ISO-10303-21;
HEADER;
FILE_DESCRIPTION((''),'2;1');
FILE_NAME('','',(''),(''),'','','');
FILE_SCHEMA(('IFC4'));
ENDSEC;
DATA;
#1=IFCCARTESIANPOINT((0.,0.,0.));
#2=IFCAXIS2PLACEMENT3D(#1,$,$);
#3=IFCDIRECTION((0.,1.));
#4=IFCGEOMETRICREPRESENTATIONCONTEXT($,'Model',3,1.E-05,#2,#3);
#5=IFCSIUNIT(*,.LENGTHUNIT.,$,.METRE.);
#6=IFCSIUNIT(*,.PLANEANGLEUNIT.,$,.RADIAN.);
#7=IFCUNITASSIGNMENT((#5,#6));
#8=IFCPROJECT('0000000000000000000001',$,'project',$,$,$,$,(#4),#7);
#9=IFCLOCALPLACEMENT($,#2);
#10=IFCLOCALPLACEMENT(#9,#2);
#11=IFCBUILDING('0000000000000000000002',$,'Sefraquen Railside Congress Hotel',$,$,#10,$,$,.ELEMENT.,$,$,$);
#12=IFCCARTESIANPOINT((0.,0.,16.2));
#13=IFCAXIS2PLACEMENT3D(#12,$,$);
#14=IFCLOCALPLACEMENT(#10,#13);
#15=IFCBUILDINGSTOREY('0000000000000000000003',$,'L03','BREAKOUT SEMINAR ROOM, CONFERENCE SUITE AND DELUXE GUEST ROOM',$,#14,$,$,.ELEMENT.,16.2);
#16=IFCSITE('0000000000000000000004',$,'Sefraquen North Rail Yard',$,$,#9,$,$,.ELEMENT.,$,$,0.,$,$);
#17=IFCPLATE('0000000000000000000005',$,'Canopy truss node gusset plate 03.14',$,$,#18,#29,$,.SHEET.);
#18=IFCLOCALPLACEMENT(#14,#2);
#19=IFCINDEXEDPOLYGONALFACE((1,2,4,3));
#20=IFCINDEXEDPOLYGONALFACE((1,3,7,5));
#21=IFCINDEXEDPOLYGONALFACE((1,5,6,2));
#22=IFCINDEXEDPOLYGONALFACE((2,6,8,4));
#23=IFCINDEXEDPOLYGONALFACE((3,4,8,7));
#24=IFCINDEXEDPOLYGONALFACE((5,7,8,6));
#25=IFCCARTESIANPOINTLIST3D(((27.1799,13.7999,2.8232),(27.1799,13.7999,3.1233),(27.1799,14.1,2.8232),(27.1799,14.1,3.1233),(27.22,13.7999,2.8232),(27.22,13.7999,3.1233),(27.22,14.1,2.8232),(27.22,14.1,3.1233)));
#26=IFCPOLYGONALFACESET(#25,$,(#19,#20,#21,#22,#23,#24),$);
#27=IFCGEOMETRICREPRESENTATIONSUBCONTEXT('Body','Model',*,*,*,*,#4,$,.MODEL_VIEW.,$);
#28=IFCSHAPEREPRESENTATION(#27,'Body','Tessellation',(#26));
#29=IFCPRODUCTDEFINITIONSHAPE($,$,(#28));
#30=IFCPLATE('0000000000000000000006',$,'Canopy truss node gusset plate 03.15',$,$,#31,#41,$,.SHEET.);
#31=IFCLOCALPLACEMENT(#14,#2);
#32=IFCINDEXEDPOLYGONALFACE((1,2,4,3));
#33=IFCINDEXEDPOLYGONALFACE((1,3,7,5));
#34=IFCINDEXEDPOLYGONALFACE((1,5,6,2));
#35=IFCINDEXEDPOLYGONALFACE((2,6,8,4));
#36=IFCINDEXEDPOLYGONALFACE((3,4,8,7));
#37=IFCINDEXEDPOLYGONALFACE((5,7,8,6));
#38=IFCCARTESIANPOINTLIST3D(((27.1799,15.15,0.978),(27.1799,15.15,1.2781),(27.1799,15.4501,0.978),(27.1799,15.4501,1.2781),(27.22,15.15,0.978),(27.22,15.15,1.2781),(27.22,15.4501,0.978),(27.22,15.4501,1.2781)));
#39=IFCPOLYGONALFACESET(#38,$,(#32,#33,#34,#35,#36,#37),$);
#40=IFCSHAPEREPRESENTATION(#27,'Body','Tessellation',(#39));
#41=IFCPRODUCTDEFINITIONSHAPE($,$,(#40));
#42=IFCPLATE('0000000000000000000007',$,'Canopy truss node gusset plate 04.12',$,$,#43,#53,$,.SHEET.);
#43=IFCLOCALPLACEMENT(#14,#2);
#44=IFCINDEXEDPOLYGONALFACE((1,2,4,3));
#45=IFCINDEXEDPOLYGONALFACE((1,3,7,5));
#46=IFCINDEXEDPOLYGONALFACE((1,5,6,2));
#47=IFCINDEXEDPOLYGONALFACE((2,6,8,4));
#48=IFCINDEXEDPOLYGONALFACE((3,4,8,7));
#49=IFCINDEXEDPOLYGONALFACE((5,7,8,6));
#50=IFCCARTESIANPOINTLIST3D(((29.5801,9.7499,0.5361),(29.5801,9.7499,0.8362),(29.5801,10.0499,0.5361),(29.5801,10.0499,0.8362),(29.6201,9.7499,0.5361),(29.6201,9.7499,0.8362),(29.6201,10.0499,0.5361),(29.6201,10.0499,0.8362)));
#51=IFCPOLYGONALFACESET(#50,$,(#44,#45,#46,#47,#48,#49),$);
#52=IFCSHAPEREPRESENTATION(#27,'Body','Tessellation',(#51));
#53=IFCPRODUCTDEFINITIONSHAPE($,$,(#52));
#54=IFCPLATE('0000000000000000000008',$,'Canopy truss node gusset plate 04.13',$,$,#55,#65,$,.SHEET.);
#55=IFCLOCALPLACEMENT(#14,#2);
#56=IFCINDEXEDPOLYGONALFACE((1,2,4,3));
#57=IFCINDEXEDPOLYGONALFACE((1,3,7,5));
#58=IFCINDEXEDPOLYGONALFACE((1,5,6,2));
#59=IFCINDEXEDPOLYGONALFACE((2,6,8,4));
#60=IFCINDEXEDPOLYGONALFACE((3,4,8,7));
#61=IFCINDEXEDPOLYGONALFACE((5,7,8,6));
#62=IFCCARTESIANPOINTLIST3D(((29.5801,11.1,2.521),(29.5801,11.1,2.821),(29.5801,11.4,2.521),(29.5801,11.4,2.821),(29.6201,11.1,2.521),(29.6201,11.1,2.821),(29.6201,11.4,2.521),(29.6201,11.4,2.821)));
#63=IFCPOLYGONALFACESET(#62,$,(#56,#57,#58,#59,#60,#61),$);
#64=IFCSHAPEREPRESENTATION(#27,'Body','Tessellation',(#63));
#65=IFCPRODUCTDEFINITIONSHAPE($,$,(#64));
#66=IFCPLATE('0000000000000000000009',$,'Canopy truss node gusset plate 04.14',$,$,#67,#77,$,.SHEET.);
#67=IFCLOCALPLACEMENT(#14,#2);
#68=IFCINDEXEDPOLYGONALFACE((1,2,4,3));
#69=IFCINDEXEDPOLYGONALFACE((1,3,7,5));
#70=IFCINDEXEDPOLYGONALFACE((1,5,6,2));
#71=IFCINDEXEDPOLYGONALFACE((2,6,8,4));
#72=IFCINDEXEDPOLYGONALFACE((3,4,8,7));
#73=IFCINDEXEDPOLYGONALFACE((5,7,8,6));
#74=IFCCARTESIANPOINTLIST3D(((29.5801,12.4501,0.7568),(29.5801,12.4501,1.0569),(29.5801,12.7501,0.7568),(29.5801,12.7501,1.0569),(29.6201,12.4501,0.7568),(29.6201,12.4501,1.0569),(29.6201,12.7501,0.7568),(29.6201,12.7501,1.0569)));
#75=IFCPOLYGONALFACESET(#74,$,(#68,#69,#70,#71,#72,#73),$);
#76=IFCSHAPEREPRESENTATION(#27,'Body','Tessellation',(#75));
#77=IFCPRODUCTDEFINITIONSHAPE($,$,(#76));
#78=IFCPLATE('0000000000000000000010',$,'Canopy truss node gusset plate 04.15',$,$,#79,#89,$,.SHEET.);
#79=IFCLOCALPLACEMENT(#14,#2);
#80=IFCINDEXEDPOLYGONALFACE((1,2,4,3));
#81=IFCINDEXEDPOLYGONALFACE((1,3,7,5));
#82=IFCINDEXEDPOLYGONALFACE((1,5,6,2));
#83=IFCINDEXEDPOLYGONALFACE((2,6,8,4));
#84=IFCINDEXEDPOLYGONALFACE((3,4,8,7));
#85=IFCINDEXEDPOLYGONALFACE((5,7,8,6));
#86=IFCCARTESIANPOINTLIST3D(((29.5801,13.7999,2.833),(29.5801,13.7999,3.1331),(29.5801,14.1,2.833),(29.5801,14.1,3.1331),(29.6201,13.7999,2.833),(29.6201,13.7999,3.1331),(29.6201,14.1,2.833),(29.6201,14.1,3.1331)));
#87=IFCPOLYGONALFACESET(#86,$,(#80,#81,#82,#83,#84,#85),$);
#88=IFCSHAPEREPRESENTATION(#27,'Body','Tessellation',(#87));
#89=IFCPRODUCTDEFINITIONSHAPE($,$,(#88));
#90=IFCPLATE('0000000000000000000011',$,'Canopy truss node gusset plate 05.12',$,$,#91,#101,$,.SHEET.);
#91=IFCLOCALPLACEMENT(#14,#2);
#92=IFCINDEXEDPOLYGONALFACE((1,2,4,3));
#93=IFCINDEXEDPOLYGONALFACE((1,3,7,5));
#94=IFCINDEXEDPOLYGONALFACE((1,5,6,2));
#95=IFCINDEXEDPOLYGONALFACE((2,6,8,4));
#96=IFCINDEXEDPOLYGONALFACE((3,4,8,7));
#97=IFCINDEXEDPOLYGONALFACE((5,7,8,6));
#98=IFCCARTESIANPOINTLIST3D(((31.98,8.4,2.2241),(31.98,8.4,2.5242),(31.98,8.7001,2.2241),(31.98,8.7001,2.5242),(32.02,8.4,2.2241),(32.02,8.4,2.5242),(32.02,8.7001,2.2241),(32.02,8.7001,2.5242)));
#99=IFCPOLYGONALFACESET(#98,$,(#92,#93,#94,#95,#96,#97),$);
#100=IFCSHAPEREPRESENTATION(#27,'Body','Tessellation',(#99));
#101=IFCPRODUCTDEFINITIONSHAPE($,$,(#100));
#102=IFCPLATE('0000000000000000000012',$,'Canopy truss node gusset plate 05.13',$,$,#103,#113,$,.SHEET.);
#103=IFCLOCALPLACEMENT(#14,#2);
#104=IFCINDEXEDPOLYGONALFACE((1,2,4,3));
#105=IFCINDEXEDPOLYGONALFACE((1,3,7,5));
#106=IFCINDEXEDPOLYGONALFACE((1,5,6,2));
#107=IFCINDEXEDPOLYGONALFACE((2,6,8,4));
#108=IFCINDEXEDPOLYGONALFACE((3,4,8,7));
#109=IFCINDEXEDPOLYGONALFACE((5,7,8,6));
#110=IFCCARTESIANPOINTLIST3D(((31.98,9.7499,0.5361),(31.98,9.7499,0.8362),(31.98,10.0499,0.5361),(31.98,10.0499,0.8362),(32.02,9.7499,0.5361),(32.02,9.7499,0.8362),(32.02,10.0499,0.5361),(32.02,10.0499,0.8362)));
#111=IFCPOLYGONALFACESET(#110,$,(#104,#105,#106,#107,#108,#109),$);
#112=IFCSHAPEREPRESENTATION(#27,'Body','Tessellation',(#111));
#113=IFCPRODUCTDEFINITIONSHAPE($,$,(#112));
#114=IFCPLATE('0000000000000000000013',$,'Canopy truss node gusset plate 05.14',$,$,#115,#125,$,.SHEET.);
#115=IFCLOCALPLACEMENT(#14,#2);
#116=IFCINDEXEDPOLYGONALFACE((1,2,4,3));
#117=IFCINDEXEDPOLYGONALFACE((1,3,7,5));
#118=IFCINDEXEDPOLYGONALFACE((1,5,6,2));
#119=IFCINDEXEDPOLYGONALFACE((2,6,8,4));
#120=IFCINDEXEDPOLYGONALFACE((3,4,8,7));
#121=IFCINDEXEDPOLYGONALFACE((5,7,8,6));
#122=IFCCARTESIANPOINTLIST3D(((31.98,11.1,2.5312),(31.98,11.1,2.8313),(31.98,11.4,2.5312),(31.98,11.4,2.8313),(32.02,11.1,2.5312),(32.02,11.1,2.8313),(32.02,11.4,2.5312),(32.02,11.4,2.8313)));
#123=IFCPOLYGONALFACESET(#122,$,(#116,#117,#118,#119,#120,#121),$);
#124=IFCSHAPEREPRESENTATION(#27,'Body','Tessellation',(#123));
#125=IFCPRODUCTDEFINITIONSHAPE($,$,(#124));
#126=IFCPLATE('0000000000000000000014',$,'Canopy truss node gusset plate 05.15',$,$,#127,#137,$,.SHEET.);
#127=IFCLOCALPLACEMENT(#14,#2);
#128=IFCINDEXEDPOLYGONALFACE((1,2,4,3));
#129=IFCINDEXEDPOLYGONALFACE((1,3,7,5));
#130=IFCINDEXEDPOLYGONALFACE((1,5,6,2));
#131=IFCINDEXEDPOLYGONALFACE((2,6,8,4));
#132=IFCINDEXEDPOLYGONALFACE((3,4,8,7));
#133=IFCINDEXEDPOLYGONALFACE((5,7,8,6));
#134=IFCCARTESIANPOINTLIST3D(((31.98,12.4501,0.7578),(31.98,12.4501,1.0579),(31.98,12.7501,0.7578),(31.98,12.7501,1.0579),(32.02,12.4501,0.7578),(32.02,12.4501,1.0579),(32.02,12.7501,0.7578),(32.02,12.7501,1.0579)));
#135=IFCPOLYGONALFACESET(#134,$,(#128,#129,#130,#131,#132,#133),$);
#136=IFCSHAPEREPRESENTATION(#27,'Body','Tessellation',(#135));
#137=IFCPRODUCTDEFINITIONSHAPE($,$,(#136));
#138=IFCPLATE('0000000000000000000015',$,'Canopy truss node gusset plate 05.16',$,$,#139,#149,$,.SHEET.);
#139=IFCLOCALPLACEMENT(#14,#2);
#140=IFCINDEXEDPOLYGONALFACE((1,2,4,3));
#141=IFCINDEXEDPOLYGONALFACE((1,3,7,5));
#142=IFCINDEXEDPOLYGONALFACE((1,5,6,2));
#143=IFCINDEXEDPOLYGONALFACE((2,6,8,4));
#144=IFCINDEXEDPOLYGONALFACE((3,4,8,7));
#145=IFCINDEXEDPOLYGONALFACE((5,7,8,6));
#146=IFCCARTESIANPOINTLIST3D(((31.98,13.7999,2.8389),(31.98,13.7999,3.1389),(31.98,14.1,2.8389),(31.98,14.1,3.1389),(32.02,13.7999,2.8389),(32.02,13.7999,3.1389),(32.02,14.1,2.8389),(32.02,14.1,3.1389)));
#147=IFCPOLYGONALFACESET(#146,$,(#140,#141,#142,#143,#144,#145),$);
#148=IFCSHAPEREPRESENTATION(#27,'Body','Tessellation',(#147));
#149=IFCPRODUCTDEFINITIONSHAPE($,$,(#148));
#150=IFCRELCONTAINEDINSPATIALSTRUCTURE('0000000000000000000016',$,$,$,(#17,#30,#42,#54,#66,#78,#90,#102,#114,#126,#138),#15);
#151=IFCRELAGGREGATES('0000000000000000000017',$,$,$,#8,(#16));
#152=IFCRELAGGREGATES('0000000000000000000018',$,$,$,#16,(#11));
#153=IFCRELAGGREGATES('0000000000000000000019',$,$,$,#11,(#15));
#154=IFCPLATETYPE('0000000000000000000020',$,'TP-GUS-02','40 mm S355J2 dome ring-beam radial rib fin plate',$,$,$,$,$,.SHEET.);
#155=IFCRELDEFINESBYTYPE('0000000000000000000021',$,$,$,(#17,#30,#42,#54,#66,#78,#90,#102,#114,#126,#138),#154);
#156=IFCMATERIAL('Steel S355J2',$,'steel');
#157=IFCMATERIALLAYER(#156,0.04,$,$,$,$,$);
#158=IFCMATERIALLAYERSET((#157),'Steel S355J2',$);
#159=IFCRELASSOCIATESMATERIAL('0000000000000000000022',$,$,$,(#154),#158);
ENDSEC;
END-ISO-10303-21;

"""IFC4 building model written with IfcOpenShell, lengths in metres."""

from ifc_helpers import new_model, si_unit, direction, frame, origin, origin_2d, place, context, subcontext, project, spatial, rectangle, extrude, material, layer, layer_set, type_object, element, save


model = new_model("IFC4")

# Units and contexts
model_context = context("Model", 3, precision=1e-05, world=origin(), true_north=direction((0.0, 1.0)))
body_context = subcontext(model_context, "Body", "Model", "MODEL_VIEW")
ifc_project = project(units=[si_unit("LENGTHUNIT", "METRE"), si_unit("PLANEANGLEUNIT", "RADIAN")], contexts=[model_context])

# Site, building, storey
site_placement = place(None, origin())
site = spatial("IfcSite", under=ifc_project, at=site_placement, Name="Sefraquen North Rail Yard", CompositionType="ELEMENT", RefElevation=0.0)
building_placement = place(site_placement, origin())
building = spatial("IfcBuilding", under=site, at=building_placement, Name="Sefraquen Railside Congress Hotel", CompositionType="ELEMENT")
storey_placement = place(building_placement, frame((0.0, 0.0, 16.2)))
storey = spatial("IfcBuildingStorey", under=building, at=storey_placement, Name="L03", Description="BREAKOUT SEMINAR ROOM, CONFERENCE SUITE AND DELUXE GUEST ROOM", CompositionType="ELEMENT", Elevation=16.2)

# Shared definitions
ifc_material = material(Name="Steel S355J2", Category="steel")

# Plates
ifc_layer = layer(ifc_material, 0.04)
ifc_layer_set = layer_set([ifc_layer], Name="Steel S355J2")
plate_type = type_object("IfcPlateType", Name="TP-GUS-02", Description="40 mm S355J2 dome ring-beam radial rib fin plate", PredefinedType="SHEET", material=ifc_layer_set)
for number, where, z_axis, x_axis, name in (
    (1, (27.2, 13.95, 2.8232), (0.0, 0.0, 1.0), (1.0, 0.0, 0.0), "Canopy truss node gusset plate 03.14"),
    (2, (27.2, 15.3, 0.978), (0.0, 0.0, 1.0), (1.0, 0.0, 0.0), "Canopy truss node gusset plate 03.15"),
    (3, (29.6001, 9.8999, 0.5361), (0.0, 0.0, 1.0), (1.0, 0.0, 0.0), "Canopy truss node gusset plate 04.12"),
    (4, (29.6001, 11.25, 2.521), (0.0, 0.0, 1.0), (1.0, 0.0, 0.0), "Canopy truss node gusset plate 04.13"),
    (5, (29.6001, 12.6001, 0.7568), (0.0, 0.0, 1.0), (1.0, 0.0, 0.0), "Canopy truss node gusset plate 04.14"),
    (6, (29.6001, 13.95, 2.833), (0.0, 0.0, 1.0), (1.0, 0.0, 0.0), "Canopy truss node gusset plate 04.15"),
    (7, (32.0, 8.55, 2.2241), (0.0, 0.0, 1.0), (1.0, 0.0, 0.0), "Canopy truss node gusset plate 05.12"),
    (8, (32.0, 9.8999, 0.5361), (0.0, 0.0, 1.0), (1.0, 0.0, 0.0), "Canopy truss node gusset plate 05.13"),
    (9, (32.0, 11.25, 2.5312), (0.0, 0.0, 1.0), (1.0, 0.0, 0.0), "Canopy truss node gusset plate 05.14"),
    (10, (32.0, 12.6001, 0.7578), (0.0, 0.0, 1.0), (1.0, 0.0, 0.0), "Canopy truss node gusset plate 05.15"),
    (11, (32.0, 13.95, 2.8389), (0.0, 0.0, 1.0), (1.0, 0.0, 0.0), "Canopy truss node gusset plate 05.16"),
):
    element("IfcPlate", number, at=place(storey_placement, frame(where, z_axis=z_axis, x_axis=x_axis)), inside=storey, type_object=plate_type, Name=name, PredefinedType="SHEET", context=body_context, shape_type="SweptSolid", body=[
        extrude(rectangle(XDim=0.04, YDim=0.3, at=origin_2d()), origin(), (0.0, 0.0, 1.0), 0.3),
    ])

save(model, "model.ifc")
